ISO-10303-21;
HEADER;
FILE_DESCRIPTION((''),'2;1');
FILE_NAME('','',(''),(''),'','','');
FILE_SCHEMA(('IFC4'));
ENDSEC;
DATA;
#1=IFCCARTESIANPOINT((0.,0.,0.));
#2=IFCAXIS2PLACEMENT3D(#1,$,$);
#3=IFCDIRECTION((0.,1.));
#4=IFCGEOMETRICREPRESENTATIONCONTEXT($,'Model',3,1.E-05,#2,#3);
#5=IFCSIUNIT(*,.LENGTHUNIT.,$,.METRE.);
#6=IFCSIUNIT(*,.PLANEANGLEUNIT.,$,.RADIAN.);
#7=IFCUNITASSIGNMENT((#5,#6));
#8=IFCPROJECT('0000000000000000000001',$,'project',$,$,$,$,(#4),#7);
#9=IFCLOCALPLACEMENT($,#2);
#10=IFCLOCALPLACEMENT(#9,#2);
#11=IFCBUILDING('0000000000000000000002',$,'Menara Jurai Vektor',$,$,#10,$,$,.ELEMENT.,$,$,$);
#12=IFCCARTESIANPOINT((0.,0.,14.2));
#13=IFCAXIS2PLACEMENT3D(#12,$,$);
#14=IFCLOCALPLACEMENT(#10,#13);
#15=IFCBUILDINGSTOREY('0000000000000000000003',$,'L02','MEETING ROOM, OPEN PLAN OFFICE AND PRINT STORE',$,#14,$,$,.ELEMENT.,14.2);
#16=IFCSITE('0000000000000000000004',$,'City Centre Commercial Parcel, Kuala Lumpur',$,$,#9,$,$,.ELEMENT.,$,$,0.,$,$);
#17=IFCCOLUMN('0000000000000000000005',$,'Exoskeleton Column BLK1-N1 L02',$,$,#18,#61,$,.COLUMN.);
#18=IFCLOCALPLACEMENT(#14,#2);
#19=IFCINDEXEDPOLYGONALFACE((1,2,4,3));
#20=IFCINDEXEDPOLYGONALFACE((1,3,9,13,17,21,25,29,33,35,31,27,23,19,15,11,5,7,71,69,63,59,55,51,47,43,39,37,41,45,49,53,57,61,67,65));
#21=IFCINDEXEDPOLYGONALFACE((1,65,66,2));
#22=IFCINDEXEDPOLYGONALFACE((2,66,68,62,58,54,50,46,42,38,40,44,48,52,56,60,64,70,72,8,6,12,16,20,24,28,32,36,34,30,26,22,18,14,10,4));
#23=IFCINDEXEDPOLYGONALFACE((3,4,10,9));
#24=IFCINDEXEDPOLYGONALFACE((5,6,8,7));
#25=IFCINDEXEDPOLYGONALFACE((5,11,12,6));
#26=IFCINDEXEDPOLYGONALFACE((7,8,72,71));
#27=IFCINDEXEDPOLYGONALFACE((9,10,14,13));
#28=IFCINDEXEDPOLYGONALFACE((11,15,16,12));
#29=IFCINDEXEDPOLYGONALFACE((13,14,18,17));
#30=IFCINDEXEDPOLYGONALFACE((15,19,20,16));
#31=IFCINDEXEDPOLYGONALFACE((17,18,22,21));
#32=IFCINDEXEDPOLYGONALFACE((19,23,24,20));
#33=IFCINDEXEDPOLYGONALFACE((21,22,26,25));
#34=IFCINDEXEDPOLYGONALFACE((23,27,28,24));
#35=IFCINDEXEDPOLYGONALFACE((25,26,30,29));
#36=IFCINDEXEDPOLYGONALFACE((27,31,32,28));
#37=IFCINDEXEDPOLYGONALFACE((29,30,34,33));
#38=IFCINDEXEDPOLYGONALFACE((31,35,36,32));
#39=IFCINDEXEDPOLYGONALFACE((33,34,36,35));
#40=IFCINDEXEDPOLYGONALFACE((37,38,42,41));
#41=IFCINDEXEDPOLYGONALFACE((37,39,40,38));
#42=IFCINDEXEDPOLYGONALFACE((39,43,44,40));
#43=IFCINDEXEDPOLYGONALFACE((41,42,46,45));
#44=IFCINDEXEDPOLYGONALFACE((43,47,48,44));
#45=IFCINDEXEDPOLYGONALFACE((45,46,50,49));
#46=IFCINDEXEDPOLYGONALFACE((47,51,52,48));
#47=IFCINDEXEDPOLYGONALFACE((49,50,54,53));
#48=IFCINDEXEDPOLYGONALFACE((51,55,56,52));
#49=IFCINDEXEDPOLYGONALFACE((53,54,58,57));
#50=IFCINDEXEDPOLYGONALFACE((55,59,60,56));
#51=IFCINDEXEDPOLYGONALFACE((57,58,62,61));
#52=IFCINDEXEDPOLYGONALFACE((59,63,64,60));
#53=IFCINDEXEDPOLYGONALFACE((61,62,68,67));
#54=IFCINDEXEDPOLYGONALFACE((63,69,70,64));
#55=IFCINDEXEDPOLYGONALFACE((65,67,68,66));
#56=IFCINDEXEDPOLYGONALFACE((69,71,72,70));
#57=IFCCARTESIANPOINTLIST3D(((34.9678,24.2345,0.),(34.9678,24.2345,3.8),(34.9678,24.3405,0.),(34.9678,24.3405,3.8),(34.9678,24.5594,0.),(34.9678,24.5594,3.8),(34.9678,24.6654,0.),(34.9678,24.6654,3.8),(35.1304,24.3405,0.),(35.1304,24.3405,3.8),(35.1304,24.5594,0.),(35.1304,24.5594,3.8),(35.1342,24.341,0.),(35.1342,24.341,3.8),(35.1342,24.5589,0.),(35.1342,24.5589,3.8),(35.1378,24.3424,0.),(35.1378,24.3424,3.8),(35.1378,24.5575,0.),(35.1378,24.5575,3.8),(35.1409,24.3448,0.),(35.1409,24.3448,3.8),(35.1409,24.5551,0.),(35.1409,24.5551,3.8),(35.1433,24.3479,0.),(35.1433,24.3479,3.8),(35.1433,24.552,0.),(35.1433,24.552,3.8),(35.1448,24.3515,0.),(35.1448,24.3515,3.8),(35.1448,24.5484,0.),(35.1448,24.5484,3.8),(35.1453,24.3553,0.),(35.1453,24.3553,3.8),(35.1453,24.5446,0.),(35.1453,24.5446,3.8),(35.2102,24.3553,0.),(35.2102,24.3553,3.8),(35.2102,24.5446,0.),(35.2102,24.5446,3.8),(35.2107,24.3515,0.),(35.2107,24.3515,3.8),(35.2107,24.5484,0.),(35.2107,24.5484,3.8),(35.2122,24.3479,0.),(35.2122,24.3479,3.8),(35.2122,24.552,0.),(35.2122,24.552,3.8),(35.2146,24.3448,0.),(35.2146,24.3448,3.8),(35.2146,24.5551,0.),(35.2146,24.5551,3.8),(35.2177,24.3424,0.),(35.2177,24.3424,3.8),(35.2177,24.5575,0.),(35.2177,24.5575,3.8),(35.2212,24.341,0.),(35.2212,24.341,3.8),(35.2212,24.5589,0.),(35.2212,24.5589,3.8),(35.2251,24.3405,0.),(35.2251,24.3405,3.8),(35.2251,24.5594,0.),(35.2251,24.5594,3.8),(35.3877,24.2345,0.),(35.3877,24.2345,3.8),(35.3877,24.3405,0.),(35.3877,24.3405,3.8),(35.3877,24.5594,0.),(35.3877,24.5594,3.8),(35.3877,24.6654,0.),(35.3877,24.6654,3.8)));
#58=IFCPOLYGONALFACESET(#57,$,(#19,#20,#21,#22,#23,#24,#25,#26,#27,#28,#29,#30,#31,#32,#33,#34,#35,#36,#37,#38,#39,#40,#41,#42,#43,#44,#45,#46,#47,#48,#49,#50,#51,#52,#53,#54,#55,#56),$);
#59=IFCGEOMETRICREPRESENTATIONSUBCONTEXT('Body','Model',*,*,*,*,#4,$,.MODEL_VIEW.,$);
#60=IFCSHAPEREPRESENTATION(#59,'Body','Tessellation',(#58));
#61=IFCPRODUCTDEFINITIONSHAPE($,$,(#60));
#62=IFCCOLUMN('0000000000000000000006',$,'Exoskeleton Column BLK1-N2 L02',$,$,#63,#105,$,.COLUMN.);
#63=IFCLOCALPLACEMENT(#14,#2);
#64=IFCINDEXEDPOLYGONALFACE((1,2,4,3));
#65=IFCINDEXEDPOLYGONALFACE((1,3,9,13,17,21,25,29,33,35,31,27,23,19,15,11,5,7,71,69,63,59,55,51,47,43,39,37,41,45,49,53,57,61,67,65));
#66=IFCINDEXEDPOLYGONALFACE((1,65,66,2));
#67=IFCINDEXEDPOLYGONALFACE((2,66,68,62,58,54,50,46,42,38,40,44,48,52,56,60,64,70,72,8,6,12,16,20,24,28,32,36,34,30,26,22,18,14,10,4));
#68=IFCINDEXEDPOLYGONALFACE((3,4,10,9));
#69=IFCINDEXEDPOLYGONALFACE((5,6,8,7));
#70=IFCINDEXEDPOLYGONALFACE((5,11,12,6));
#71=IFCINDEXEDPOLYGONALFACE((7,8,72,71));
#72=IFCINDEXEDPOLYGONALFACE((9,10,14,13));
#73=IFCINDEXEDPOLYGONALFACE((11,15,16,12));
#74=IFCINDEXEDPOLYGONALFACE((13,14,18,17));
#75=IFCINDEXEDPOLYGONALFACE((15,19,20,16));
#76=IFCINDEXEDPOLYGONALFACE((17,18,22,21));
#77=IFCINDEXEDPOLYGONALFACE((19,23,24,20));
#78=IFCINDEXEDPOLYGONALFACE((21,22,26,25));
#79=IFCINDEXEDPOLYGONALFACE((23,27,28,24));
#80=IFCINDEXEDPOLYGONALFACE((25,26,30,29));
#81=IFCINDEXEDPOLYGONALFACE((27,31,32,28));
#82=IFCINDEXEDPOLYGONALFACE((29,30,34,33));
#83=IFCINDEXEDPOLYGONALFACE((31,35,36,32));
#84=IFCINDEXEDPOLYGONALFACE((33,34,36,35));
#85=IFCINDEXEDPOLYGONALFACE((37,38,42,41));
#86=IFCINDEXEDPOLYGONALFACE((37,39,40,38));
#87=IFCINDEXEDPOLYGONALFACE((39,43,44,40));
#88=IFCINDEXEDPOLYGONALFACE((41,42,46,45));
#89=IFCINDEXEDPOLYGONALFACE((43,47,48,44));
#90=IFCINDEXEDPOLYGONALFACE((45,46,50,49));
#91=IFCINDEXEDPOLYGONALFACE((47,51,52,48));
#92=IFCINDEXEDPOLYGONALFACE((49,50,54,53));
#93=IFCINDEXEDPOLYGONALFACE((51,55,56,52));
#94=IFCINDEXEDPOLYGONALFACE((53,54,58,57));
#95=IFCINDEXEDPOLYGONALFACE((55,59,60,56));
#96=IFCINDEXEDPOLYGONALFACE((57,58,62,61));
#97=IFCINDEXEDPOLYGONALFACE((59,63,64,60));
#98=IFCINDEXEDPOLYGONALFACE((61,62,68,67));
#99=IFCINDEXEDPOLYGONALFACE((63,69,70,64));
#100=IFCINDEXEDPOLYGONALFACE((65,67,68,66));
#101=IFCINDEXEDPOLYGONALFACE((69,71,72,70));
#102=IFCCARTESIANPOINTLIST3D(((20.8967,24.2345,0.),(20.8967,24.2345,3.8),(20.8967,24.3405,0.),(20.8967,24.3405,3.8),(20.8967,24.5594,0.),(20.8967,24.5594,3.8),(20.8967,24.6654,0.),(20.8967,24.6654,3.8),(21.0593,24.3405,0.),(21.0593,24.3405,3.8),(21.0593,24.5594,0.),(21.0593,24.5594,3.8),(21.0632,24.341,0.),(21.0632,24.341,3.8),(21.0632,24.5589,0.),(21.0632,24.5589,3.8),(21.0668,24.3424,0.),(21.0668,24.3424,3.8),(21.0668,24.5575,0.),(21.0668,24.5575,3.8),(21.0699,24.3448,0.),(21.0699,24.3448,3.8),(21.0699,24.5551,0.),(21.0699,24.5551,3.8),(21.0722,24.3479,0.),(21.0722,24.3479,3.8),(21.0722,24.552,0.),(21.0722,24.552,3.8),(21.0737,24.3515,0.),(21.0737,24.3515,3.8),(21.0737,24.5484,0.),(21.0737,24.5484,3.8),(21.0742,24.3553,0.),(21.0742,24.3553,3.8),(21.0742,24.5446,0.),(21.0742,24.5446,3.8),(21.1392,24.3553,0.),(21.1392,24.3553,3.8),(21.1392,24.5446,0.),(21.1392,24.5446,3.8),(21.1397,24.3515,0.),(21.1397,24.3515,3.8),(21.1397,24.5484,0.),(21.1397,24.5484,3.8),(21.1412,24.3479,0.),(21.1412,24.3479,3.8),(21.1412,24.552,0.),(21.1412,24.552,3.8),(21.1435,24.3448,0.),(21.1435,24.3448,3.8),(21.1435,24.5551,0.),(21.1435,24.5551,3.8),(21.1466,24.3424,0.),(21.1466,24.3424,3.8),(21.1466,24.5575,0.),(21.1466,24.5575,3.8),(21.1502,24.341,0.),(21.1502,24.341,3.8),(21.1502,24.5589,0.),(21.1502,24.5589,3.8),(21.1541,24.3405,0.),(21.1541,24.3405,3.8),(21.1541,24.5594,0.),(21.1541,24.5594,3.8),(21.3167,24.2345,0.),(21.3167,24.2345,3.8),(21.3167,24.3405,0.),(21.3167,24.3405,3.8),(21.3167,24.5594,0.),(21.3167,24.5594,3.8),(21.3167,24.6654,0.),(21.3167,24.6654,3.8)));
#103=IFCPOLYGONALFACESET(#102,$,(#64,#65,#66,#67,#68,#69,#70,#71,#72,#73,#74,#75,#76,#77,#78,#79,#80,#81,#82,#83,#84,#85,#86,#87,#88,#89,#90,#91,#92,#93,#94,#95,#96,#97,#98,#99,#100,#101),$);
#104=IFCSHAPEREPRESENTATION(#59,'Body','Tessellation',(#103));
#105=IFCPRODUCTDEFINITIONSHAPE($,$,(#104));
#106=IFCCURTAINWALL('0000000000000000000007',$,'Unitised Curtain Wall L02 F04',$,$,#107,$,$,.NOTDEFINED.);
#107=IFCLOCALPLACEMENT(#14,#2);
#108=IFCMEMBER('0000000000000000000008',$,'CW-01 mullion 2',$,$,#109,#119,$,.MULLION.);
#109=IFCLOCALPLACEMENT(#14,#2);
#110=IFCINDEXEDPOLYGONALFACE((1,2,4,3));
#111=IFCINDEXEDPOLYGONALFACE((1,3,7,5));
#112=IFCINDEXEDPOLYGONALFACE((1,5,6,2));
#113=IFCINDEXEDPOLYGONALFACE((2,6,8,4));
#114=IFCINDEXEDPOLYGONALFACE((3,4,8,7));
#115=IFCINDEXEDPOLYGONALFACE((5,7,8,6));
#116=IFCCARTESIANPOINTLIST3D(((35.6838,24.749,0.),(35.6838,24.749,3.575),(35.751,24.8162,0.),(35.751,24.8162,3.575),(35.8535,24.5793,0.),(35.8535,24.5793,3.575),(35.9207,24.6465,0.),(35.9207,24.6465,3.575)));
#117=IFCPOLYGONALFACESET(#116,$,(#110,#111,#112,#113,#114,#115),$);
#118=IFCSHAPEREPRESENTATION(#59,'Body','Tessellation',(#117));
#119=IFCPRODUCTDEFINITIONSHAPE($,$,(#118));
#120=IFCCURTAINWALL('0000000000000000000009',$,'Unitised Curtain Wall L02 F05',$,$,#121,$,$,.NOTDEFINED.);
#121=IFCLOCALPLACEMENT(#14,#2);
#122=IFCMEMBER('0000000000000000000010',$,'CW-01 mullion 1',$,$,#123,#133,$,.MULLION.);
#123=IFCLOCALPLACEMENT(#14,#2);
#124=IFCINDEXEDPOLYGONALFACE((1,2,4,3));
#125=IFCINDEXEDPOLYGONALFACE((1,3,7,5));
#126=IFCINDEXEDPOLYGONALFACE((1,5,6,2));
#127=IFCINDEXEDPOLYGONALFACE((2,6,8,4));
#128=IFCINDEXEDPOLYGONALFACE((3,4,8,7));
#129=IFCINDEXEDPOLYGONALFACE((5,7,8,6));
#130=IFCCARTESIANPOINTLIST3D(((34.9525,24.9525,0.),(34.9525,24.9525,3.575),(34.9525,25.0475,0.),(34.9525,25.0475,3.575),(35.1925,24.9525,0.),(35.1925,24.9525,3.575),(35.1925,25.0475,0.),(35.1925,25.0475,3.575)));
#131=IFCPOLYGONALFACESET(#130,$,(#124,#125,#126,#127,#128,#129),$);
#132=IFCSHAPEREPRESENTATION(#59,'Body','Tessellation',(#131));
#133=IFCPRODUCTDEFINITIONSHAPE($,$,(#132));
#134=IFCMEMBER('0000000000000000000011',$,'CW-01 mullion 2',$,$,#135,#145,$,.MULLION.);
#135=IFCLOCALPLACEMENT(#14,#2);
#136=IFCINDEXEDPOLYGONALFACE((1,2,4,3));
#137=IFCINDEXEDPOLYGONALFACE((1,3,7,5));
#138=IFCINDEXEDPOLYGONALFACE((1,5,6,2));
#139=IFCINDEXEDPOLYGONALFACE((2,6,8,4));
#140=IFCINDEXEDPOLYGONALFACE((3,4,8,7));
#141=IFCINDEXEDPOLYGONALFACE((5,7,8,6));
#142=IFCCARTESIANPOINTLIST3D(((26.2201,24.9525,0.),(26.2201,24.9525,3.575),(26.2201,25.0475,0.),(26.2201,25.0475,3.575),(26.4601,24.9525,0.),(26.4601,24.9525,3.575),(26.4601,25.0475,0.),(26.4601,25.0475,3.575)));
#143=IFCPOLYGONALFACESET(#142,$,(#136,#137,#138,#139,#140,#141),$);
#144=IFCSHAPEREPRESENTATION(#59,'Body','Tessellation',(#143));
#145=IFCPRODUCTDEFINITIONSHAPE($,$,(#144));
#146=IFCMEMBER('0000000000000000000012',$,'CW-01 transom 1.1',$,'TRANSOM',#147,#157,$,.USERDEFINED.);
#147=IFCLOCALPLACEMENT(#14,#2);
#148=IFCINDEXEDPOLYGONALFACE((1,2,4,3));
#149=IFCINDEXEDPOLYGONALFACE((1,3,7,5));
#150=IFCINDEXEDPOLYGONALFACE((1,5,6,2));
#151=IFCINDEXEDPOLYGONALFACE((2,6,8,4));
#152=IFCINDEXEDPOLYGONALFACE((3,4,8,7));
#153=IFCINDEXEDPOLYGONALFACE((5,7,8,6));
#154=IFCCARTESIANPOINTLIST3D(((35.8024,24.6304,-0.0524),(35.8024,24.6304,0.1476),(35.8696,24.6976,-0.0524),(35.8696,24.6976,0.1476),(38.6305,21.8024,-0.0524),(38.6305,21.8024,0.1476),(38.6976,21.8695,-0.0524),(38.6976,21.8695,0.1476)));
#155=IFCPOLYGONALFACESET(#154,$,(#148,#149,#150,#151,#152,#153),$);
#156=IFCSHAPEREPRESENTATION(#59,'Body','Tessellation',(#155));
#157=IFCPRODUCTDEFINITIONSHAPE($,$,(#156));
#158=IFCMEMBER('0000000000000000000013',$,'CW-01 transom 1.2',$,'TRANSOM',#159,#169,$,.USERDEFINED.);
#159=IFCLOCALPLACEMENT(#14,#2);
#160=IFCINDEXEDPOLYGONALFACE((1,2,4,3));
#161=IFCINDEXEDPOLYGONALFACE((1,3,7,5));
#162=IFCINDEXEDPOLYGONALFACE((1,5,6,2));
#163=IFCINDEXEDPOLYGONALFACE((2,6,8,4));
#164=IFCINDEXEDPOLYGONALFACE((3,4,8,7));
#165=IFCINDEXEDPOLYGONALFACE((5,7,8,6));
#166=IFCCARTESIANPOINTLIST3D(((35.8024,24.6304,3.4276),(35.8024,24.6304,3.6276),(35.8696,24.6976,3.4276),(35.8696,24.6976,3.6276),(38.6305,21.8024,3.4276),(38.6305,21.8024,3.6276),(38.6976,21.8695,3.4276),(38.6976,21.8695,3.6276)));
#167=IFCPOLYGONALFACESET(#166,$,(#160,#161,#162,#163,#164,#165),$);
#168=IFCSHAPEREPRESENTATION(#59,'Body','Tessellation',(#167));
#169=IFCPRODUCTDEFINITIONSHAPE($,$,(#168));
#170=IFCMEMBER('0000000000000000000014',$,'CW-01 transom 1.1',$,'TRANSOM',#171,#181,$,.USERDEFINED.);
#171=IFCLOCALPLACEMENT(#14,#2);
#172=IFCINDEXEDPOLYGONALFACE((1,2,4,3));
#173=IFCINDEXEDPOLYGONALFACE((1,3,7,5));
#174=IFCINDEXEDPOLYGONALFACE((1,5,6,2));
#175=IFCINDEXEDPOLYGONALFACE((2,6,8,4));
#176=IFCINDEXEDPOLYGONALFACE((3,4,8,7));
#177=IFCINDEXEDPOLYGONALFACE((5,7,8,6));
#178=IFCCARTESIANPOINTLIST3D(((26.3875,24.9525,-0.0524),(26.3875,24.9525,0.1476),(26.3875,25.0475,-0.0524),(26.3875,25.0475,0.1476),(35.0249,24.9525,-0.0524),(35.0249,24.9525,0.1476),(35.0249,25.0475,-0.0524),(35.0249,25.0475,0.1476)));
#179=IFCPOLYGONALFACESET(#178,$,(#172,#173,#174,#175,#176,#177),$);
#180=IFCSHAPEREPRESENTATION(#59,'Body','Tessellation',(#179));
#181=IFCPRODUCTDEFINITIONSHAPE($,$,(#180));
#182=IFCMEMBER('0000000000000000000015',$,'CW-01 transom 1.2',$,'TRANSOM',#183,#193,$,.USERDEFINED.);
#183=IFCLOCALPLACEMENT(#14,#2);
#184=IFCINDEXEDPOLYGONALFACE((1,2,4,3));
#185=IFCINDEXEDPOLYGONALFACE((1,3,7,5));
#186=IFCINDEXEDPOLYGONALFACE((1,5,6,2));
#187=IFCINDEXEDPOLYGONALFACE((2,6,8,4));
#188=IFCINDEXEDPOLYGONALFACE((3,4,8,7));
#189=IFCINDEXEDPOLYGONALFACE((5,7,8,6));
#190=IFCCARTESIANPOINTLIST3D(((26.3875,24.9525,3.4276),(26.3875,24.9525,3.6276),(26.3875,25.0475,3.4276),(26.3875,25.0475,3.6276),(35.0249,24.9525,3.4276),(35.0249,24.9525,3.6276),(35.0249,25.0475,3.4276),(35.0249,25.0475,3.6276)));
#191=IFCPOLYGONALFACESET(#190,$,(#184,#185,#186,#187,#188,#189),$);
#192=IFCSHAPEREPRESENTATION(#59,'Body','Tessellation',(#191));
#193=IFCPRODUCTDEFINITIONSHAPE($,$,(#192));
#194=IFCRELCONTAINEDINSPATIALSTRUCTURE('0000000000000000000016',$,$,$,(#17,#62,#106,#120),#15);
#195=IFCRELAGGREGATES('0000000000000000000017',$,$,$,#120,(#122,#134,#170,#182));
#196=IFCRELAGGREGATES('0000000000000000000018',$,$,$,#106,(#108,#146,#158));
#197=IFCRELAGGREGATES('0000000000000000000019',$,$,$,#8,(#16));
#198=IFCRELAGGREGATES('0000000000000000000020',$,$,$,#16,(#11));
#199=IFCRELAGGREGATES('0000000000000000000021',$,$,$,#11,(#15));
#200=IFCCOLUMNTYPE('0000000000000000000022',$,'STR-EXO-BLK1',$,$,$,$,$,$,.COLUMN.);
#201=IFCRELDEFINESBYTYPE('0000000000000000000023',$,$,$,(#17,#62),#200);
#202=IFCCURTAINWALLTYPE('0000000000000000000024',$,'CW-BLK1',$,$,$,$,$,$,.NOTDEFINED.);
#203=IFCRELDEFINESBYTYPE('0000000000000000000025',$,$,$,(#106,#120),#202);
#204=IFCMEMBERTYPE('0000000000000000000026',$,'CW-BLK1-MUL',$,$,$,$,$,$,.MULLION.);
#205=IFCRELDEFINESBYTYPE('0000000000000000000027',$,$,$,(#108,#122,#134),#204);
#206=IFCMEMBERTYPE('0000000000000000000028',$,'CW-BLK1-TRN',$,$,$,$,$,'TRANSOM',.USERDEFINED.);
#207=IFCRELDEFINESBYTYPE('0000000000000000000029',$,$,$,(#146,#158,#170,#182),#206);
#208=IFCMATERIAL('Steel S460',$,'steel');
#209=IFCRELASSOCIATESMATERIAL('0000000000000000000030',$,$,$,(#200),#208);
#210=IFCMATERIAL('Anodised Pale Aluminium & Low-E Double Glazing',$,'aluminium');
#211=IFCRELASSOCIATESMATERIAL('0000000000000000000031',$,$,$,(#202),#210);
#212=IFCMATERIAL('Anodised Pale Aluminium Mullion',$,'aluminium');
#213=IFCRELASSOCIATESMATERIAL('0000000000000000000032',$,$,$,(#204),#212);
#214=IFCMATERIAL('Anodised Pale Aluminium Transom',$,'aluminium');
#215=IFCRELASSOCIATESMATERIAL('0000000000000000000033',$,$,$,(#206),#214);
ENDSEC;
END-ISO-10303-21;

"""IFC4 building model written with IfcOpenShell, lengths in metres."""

from ifc_helpers import new_model, si_unit, direction, frame, origin, origin_2d, place, context, subcontext, project, spatial, rectangle, i_section, extrude, material, material_profile, profile_set, type_object, element, aggregate, save


model = new_model("IFC4")

# Units and contexts
model_context = context("Model", 3, precision=1e-05, world=origin(), true_north=direction((0.0, 1.0)))
body_context = subcontext(model_context, "Body", "Model", "MODEL_VIEW")
ifc_project = project(units=[si_unit("LENGTHUNIT", "METRE"), si_unit("PLANEANGLEUNIT", "RADIAN")], contexts=[model_context])

# Site, building, storey
site_placement = place(None, origin())
site = spatial("IfcSite", under=ifc_project, at=site_placement, Name="City Centre Commercial Parcel, Kuala Lumpur", CompositionType="ELEMENT", RefElevation=0.0)
building_placement = place(site_placement, origin())
building = spatial("IfcBuilding", under=site, at=building_placement, Name="Menara Jurai Vektor", CompositionType="ELEMENT")
storey_placement = place(building_placement, frame((0.0, 0.0, 14.2)))
storey = spatial("IfcBuildingStorey", under=building, at=storey_placement, Name="L02", Description="MEETING ROOM, OPEN PLAN OFFICE AND PRINT STORE", CompositionType="ELEMENT", Elevation=14.2)

# Columns
ifc_material_1 = material(Name="Steel S460", Category="steel")
ifc_material_profile_1 = material_profile(ifc_material_1, i_section(OverallWidth=0.4199, OverallDepth=0.4309, WebThickness=0.0649, FlangeThickness=0.106, FilletRadius=0.0149, at=origin_2d()), Name="HD 400x900")
ifc_profile_set_1 = profile_set([ifc_material_profile_1], Name="Steel S460")
column_type = type_object("IfcColumnType", Name="STR-EXO-BLK1", PredefinedType="COLUMN", material=ifc_profile_set_1)
for number, where, z_axis, x_axis, name in (
    (1, (35.1777, 24.45, 0.0), (0.0, 0.0, 1.0), (1.0, 0.0, 0.0), "Exoskeleton Column BLK1-N1 L02"),
    (2, (21.1067, 24.45, 0.0), (0.0, 0.0, 1.0), (1.0, 0.0, 0.0), "Exoskeleton Column BLK1-N2 L02"),
):
    element("IfcColumn", number, at=place(storey_placement, frame(where, z_axis=z_axis, x_axis=x_axis)), inside=storey, type_object=column_type, Name=name, PredefinedType="COLUMN", context=body_context, shape_type="SweptSolid", body=[
        extrude(i_section(OverallWidth=0.4199, OverallDepth=0.4309, WebThickness=0.0649, FlangeThickness=0.106, FilletRadius=0.0149, at=origin_2d()), origin(), (0.0, 0.0, 1.0), 3.8),
    ])

# Curtain wall, member
ifc_material_2 = material(Name="Anodised Pale Aluminium & Low-E Double Glazing", Category="aluminium")
curtain_wall_type = type_object("IfcCurtainWallType", Name="CW-BLK1", PredefinedType="NOTDEFINED", material=ifc_material_2)
curtain_wall_1_placement = place(storey_placement, origin())
curtain_wall_1 = element("IfcCurtainWall", 3, at=curtain_wall_1_placement, inside=storey, type_object=curtain_wall_type, Name="Unitised Curtain Wall L02 F04", PredefinedType="NOTDEFINED")
ifc_material_3 = material(Name="Anodised Pale Aluminium Mullion", Category="aluminium")
ifc_material_profile_2 = material_profile(ifc_material_3, rectangle(XDim=0.095, YDim=0.24, at=origin_2d()), Name="ALU MUL 95x240")
ifc_profile_set_2 = profile_set([ifc_material_profile_2], Name="Anodised Pale Aluminium Mullion")
member_type_1 = type_object("IfcMemberType", Name="CW-BLK1-MUL", PredefinedType="MULLION", material=ifc_profile_set_2)
member_1_placement = place(storey_placement, frame((35.8022, 24.6978, 0.0), z_axis=(0.0, 0.0, 1.0), x_axis=(-0.707107, -0.707107, 0.0)))
member_1 = element("IfcMember", 4, at=member_1_placement, type_object=member_type_1, Name="CW-01 mullion 2", PredefinedType="MULLION", context=body_context, shape_type="SweptSolid", body=[
    extrude(rectangle(XDim=0.095, YDim=0.24, at=origin_2d()), origin(), (0.0, 0.0, 1.0), 3.575),
])

# Curtain wall, members
curtain_wall_2_placement = place(storey_placement, origin())
curtain_wall_2 = element("IfcCurtainWall", 5, at=curtain_wall_2_placement, inside=storey, type_object=curtain_wall_type, Name="Unitised Curtain Wall L02 F05", PredefinedType="NOTDEFINED")
member_2_placement = place(storey_placement, frame((35.0725, 25.0, 0.0), z_axis=(0.0, 0.0, 1.0), x_axis=(0.0, -1.0, 0.0)))
member_2 = element("IfcMember", 6, at=member_2_placement, type_object=member_type_1, Name="CW-01 mullion 1", PredefinedType="MULLION", context=body_context, shape_type="SweptSolid", body=[
    extrude(rectangle(XDim=0.095, YDim=0.24, at=origin_2d()), origin(), (0.0, 0.0, 1.0), 3.575),
])
member_3_placement = place(storey_placement, frame((26.3401, 25.0, 0.0), z_axis=(0.0, 0.0, 1.0), x_axis=(0.0, -1.0, 0.0)))
member_3 = element("IfcMember", 7, at=member_3_placement, type_object=member_type_1, Name="CW-01 mullion 2", PredefinedType="MULLION", context=body_context, shape_type="SweptSolid", body=[
    extrude(rectangle(XDim=0.095, YDim=0.24, at=origin_2d()), origin(), (0.0, 0.0, 1.0), 3.575),
])

# Members
ifc_material_4 = material(Name="Anodised Pale Aluminium Transom", Category="aluminium")
ifc_material_profile_3 = material_profile(ifc_material_4, rectangle(XDim=0.095, YDim=0.2, at=origin_2d()), Name="ALU TRN 95x200")
ifc_profile_set_3 = profile_set([ifc_material_profile_3], Name="Anodised Pale Aluminium Transom")
member_type_2 = type_object("IfcMemberType", Name="CW-BLK1-TRN", ElementType="TRANSOM", PredefinedType="USERDEFINED", material=ifc_profile_set_3)
member_4_placement = place(storey_placement, frame((38.6641, 21.8359, 0.0476), z_axis=(-0.707107, 0.707107, 0.0), x_axis=(-0.707107, -0.707107, 0.0)))
member_4 = element("IfcMember", 8, at=member_4_placement, type_object=member_type_2, Name="CW-01 transom 1.1", ObjectType="TRANSOM", PredefinedType="USERDEFINED", context=body_context, shape_type="SweptSolid", body=[
    extrude(rectangle(XDim=0.095, YDim=0.2, at=origin_2d()), origin(), (0.0, 0.0, 1.0), 3.9995),
])
member_5_placement = place(storey_placement, frame((38.6641, 21.8359, 3.5276), z_axis=(-0.707107, 0.707107, 0.0), x_axis=(-0.707107, -0.707107, 0.0)))
member_5 = element("IfcMember", 9, at=member_5_placement, type_object=member_type_2, Name="CW-01 transom 1.2", ObjectType="TRANSOM", PredefinedType="USERDEFINED", context=body_context, shape_type="SweptSolid", body=[
    extrude(rectangle(XDim=0.095, YDim=0.2, at=origin_2d()), origin(), (0.0, 0.0, 1.0), 3.9995),
])
member_6_placement = place(storey_placement, frame((35.0249, 25.0, 0.0476), z_axis=(-1.0, 0.0, 0.0), x_axis=(0.0, -1.0, 0.0)))
member_6 = element("IfcMember", 10, at=member_6_placement, type_object=member_type_2, Name="CW-01 transom 1.1", ObjectType="TRANSOM", PredefinedType="USERDEFINED", context=body_context, shape_type="SweptSolid", body=[
    extrude(rectangle(XDim=0.095, YDim=0.2, at=origin_2d()), origin(), (0.0, 0.0, 1.0), 8.6375),
])
member_7_placement = place(storey_placement, frame((35.0249, 25.0, 3.5276), z_axis=(-1.0, 0.0, 0.0), x_axis=(0.0, -1.0, 0.0)))
member_7 = element("IfcMember", 11, at=member_7_placement, type_object=member_type_2, Name="CW-01 transom 1.2", ObjectType="TRANSOM", PredefinedType="USERDEFINED", context=body_context, shape_type="SweptSolid", body=[
    extrude(rectangle(XDim=0.095, YDim=0.2, at=origin_2d()), origin(), (0.0, 0.0, 1.0), 8.6375),
])

aggregate(curtain_wall_2, [member_2, member_3, member_6, member_7])
aggregate(curtain_wall_1, [member_1, member_4, member_5])

save(model, "model.ifc")
